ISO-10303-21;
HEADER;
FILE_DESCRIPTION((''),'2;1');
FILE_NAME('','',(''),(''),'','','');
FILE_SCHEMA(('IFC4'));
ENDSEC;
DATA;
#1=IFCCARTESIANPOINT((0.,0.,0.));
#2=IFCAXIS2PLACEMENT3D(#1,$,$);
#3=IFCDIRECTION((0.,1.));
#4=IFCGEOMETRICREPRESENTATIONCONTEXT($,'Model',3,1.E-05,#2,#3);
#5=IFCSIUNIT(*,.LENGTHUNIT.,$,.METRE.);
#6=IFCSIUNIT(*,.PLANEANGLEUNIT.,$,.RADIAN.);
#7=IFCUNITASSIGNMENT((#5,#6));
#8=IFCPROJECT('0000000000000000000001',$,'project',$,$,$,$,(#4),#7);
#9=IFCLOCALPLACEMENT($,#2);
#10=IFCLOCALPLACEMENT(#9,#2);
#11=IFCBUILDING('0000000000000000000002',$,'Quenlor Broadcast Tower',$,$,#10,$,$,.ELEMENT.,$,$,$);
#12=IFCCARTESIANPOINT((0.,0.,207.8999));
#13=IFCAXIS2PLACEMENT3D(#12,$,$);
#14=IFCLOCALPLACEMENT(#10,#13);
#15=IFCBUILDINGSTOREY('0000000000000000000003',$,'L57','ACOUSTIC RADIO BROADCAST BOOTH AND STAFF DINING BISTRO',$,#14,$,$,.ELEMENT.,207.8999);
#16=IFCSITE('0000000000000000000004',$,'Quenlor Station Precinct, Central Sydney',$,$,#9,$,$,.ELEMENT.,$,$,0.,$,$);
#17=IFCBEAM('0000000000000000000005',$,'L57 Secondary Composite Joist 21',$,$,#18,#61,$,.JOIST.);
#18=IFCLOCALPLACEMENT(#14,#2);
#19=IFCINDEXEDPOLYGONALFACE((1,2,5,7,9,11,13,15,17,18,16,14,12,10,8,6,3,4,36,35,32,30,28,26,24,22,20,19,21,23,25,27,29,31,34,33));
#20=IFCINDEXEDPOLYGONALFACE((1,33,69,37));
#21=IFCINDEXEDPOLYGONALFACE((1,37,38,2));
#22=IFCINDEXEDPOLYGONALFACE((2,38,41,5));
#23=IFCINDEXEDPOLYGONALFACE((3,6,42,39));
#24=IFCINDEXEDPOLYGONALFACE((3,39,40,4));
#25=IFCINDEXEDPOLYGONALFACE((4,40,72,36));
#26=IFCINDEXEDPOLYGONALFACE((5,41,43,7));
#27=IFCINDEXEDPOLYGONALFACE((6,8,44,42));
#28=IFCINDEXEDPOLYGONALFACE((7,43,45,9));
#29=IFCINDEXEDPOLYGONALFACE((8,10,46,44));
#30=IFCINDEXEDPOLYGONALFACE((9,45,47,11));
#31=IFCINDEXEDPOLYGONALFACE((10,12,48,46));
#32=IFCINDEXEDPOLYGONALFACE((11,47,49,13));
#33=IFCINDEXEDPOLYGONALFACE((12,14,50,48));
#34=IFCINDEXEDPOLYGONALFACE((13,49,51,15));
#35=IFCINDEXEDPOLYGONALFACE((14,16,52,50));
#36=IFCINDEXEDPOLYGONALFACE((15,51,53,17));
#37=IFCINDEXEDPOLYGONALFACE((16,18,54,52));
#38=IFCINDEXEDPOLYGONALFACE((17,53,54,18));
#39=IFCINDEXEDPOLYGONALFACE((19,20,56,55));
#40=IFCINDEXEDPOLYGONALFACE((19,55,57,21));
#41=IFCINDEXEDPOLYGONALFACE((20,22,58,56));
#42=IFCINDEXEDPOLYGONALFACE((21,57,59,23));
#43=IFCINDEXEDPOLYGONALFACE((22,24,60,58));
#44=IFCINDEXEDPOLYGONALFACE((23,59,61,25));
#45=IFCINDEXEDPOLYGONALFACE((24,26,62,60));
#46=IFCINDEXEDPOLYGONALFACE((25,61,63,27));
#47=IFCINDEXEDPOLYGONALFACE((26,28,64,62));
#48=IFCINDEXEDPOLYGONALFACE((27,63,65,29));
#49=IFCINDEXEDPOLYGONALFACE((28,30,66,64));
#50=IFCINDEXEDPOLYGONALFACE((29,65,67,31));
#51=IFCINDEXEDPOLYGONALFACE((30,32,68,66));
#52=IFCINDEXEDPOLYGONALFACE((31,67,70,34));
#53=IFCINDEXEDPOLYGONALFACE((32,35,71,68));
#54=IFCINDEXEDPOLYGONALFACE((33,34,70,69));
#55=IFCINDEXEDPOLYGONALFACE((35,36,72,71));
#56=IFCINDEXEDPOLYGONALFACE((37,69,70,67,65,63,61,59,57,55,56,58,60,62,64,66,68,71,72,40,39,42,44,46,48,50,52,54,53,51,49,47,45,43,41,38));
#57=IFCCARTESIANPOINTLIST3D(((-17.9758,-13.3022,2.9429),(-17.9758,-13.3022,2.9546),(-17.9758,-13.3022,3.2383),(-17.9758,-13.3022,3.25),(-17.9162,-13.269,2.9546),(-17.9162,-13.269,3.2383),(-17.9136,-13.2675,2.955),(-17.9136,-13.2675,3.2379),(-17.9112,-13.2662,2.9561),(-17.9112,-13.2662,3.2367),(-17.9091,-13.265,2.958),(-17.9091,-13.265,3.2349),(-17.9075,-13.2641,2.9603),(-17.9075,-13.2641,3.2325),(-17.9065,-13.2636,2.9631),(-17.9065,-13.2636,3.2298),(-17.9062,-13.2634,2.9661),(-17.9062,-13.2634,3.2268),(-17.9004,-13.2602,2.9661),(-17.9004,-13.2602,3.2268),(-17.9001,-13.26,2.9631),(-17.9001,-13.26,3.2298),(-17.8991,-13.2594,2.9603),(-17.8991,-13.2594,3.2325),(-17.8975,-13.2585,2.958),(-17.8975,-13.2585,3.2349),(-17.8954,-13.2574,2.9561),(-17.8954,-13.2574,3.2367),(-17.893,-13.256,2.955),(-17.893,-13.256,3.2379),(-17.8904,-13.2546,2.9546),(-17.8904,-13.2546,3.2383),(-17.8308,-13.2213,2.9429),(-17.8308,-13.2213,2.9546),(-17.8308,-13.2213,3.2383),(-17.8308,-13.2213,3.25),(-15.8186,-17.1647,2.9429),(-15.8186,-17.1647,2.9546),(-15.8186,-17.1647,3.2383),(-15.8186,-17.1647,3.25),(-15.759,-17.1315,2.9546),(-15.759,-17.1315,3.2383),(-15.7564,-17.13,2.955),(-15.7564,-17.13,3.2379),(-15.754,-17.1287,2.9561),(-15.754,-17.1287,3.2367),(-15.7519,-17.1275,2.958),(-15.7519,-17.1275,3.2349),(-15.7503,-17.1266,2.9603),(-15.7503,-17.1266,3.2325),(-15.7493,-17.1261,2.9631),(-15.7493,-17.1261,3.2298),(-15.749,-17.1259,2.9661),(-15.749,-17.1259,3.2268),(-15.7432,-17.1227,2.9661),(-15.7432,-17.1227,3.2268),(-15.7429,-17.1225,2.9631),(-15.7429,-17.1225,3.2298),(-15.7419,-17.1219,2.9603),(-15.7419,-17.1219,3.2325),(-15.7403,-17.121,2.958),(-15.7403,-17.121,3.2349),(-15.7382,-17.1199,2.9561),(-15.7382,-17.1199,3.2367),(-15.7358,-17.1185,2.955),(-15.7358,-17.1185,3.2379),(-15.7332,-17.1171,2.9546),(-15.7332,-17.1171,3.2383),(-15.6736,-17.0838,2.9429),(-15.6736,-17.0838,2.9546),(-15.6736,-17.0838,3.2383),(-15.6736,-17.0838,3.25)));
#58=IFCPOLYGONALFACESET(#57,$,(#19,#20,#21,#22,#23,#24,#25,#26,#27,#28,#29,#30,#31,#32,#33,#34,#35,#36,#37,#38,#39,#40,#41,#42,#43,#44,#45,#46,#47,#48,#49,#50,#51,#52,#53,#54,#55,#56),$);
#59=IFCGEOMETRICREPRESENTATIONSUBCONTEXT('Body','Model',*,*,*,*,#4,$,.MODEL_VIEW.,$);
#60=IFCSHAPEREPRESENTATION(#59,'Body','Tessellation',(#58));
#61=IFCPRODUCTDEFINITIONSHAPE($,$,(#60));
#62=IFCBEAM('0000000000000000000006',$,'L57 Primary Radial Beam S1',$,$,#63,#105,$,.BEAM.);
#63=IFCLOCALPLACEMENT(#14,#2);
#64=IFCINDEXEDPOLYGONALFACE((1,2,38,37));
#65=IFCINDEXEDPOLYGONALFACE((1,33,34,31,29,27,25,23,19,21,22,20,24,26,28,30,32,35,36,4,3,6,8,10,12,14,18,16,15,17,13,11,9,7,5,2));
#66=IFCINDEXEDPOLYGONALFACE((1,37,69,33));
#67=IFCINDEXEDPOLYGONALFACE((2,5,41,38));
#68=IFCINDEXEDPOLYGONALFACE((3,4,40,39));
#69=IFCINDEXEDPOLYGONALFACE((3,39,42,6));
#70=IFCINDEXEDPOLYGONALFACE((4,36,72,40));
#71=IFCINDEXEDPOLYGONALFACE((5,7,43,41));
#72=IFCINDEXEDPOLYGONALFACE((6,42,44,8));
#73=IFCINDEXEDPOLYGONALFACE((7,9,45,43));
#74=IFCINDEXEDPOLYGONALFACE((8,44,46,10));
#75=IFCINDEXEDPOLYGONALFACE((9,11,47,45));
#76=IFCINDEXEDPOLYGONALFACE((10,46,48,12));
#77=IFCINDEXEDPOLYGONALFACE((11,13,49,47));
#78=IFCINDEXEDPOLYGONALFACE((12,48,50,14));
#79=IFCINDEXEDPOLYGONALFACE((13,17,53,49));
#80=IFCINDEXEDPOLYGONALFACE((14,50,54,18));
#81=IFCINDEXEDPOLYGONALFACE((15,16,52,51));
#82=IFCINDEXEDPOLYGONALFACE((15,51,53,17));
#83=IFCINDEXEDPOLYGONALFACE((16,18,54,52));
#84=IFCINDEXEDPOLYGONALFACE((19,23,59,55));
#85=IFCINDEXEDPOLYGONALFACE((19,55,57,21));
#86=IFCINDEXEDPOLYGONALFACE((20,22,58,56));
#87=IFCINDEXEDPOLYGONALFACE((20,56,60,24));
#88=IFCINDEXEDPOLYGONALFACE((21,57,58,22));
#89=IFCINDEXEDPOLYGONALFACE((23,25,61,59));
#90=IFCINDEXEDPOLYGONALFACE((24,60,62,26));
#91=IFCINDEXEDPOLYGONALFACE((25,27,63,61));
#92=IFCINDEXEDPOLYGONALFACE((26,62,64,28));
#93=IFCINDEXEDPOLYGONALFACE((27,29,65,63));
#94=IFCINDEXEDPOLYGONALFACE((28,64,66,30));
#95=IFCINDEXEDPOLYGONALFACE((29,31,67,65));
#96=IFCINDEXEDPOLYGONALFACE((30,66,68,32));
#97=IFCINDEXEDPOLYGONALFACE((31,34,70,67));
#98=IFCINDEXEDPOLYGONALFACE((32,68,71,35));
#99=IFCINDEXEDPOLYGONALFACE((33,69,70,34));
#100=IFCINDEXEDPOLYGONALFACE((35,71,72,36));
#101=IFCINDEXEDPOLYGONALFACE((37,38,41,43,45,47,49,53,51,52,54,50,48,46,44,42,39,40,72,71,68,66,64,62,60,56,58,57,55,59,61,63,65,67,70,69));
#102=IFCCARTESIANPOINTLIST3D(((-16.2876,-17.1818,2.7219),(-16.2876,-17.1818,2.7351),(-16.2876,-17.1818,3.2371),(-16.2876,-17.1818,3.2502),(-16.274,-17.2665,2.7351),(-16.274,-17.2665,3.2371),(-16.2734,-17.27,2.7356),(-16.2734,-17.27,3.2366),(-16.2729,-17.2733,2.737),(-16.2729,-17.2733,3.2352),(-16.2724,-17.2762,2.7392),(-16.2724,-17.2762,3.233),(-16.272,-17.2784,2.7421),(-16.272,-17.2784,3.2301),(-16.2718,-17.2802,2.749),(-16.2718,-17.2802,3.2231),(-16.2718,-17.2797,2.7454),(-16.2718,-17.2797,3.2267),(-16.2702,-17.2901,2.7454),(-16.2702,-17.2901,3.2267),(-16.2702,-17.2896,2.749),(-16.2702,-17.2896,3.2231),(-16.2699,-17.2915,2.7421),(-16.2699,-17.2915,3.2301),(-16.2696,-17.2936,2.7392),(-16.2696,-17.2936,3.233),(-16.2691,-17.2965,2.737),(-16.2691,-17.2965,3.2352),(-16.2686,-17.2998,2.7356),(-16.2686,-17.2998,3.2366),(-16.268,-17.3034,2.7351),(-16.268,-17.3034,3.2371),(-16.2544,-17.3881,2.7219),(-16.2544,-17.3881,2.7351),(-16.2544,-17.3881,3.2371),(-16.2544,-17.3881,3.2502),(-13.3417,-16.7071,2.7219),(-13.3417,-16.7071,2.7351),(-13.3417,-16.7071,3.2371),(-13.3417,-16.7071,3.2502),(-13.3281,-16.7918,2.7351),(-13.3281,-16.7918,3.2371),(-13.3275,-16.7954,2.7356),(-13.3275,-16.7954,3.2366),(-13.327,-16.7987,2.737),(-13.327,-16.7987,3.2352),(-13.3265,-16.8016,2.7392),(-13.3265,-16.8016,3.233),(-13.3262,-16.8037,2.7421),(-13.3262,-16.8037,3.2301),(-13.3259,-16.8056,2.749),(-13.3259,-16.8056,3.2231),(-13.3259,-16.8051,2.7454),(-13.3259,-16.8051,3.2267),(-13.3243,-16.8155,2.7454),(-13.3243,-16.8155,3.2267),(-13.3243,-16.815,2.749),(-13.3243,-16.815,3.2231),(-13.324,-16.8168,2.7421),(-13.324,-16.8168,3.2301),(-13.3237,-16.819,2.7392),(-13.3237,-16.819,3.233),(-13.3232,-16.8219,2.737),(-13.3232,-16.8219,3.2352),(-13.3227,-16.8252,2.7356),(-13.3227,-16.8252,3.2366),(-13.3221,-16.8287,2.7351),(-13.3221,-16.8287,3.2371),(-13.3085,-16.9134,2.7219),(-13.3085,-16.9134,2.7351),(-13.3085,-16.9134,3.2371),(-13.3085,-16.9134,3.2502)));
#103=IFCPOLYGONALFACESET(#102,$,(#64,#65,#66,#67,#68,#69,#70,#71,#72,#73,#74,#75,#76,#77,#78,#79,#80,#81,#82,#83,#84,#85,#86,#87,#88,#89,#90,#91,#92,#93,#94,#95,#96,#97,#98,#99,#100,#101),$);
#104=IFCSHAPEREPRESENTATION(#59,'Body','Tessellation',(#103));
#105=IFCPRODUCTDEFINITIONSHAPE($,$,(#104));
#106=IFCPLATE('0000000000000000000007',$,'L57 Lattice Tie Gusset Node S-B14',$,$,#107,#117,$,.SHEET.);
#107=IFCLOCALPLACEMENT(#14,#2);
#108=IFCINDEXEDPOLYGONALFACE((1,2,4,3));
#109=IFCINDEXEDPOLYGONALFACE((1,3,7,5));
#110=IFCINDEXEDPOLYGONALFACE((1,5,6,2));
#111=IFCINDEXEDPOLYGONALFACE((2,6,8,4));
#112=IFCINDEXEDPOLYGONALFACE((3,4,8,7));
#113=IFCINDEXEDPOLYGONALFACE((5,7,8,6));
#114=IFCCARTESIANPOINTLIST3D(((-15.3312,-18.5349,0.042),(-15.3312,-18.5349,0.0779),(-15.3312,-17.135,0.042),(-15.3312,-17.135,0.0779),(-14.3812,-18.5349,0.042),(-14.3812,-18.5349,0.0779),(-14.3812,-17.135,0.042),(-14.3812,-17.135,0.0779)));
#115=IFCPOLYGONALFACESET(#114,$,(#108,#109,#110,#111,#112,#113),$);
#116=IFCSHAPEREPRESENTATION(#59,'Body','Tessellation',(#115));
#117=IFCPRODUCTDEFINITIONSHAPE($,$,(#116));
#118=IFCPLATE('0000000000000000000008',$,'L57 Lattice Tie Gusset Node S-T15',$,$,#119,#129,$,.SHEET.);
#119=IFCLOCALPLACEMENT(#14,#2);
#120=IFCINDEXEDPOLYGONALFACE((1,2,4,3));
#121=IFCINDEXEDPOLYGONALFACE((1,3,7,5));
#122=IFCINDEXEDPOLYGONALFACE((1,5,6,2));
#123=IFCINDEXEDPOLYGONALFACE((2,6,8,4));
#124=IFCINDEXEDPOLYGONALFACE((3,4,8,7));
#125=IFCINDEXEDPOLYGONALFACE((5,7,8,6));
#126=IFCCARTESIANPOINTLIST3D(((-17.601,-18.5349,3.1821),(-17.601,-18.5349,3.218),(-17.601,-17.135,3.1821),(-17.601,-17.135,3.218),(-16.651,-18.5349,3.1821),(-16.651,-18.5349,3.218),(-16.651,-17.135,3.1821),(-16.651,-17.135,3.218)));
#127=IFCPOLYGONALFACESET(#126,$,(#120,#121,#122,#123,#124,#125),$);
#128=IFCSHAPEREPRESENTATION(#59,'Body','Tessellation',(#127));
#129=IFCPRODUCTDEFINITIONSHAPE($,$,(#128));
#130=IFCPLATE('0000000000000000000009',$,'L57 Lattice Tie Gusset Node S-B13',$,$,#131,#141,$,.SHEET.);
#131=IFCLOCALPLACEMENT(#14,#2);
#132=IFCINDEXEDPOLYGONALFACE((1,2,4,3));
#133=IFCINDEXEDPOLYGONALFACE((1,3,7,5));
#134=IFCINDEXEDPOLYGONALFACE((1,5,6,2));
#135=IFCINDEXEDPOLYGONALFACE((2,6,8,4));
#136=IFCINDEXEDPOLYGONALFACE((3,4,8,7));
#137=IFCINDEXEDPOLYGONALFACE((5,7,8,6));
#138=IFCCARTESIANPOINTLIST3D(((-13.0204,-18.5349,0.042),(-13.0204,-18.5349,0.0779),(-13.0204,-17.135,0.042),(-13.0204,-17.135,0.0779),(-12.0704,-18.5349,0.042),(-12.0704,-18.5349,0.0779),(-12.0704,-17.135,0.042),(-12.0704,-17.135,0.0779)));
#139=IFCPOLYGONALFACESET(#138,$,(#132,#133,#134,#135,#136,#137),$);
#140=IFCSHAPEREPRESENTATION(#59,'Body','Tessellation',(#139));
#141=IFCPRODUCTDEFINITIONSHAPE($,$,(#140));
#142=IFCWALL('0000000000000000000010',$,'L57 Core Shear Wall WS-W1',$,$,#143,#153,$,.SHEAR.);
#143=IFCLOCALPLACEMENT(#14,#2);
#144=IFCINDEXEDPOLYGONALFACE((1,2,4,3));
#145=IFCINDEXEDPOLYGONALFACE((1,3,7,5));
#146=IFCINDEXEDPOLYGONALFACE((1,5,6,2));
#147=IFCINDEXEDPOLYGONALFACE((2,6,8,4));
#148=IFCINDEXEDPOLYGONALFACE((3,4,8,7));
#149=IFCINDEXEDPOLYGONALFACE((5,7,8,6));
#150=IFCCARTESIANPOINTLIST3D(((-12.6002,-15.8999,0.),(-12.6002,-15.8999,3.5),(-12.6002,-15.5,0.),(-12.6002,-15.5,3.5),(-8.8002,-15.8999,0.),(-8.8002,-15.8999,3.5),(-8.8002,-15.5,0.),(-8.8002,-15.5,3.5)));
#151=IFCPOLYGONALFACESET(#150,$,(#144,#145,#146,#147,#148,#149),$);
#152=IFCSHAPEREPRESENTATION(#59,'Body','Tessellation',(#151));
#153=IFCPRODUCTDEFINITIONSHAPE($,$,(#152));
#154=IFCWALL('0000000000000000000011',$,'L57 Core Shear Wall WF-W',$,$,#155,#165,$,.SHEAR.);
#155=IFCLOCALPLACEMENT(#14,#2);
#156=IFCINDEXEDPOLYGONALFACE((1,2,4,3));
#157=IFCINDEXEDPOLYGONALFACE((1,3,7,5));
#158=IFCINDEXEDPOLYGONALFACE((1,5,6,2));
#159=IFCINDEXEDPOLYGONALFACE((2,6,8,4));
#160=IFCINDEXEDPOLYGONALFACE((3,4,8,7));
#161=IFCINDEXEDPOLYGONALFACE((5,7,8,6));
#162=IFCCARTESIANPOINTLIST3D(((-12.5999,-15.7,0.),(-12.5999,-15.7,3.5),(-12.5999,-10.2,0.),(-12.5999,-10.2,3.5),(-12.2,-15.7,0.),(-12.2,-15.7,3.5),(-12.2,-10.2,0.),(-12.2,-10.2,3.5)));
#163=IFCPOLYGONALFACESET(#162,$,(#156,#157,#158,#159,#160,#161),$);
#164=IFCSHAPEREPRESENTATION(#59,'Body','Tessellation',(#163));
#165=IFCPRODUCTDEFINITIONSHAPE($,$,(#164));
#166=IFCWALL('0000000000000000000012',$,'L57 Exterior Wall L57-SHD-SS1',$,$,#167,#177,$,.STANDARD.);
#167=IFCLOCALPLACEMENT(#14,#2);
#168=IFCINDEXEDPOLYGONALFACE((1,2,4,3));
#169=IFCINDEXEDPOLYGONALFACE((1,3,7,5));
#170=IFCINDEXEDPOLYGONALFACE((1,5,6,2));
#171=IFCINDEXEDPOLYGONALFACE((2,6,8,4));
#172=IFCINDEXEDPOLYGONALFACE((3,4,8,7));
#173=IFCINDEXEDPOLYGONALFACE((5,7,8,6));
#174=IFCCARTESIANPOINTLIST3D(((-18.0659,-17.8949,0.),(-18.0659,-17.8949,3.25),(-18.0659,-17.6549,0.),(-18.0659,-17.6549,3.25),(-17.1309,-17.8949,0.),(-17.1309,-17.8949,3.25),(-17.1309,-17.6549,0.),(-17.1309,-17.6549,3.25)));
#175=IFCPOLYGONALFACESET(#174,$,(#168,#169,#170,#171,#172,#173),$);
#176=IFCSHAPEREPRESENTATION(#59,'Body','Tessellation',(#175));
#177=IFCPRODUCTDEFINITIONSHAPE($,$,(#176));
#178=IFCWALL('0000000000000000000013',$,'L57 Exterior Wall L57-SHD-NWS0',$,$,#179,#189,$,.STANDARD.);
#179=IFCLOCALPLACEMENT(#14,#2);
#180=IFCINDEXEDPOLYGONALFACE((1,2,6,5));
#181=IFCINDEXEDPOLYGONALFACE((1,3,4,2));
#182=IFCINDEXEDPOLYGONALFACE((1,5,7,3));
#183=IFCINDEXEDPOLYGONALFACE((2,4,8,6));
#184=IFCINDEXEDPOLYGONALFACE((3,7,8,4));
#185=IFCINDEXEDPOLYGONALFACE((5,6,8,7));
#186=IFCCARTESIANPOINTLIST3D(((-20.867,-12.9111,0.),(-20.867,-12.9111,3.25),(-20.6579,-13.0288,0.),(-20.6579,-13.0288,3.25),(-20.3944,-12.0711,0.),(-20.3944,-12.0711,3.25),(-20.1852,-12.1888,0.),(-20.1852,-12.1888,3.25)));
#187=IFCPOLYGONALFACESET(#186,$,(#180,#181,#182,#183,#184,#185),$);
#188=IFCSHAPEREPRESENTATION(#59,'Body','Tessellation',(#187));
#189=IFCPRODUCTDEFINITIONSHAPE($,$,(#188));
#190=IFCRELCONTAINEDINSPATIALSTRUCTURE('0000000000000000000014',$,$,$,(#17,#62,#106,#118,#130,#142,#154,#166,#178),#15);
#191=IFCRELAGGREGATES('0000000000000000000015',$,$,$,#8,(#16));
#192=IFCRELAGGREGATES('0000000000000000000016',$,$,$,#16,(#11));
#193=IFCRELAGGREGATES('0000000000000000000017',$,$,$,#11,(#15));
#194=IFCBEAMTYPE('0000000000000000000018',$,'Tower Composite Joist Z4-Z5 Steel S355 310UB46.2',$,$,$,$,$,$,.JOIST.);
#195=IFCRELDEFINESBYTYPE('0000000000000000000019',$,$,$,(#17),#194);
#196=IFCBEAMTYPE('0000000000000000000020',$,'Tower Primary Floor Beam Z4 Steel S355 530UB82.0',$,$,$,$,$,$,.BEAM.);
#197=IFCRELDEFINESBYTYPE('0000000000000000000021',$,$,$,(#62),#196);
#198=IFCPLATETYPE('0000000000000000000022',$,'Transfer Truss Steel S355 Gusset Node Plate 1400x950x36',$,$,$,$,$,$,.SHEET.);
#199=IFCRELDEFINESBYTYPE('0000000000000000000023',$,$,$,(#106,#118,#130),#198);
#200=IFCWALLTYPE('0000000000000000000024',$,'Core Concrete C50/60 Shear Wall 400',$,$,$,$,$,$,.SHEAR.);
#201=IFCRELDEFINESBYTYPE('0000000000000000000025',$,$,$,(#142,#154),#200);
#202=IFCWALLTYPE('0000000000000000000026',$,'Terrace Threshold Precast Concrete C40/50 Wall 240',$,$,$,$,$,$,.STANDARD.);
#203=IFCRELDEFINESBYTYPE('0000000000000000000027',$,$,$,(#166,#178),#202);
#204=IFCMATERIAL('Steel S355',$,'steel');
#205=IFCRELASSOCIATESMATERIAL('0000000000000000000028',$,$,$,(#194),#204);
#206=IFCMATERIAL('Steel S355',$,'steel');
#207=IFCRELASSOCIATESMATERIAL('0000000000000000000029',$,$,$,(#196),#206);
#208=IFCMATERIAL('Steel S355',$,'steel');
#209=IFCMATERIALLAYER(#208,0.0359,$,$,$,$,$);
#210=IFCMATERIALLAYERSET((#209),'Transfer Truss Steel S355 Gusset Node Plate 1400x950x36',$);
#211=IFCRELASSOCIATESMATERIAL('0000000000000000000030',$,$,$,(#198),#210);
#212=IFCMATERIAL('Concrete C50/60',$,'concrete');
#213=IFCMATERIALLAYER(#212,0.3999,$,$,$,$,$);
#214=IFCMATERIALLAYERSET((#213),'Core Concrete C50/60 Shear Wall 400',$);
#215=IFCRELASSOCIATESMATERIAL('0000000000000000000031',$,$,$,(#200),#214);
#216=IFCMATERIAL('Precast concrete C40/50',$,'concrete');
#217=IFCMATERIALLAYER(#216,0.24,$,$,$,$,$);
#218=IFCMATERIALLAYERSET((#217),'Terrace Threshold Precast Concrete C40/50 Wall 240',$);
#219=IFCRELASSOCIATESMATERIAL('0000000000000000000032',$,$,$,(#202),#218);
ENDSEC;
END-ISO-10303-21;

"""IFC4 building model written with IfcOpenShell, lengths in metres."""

from ifc_helpers import new_model, si_unit, direction, frame, frame_2d, origin, origin_2d, place, context, subcontext, project, spatial, rectangle, i_section, extrude, material, layer, layer_set, material_profile, profile_set, type_object, element, save


model = new_model("IFC4")

# Units and contexts
model_context = context("Model", 3, precision=1e-05, world=origin(), true_north=direction((0.0, 1.0)))
body_context = subcontext(model_context, "Body", "Model", "MODEL_VIEW")
ifc_project = project(units=[si_unit("LENGTHUNIT", "METRE"), si_unit("PLANEANGLEUNIT", "RADIAN")], contexts=[model_context])

# Site, building, storey
site_placement = place(None, origin())
site = spatial("IfcSite", under=ifc_project, at=site_placement, Name="Quenlor Station Precinct, Central Sydney", CompositionType="ELEMENT", RefElevation=0.0)
building_placement = place(site_placement, origin())
building = spatial("IfcBuilding", under=site, at=building_placement, Name="Quenlor Broadcast Tower", CompositionType="ELEMENT")
storey_placement = place(building_placement, frame((0.0, 0.0, 207.8999)))
storey = spatial("IfcBuildingStorey", under=building, at=storey_placement, Name="L57", Description="ACOUSTIC RADIO BROADCAST BOOTH AND STAFF DINING BISTRO", CompositionType="ELEMENT", Elevation=207.8999)

# Beams
ifc_material_1 = material(Name="Steel S355", Category="steel")
ifc_material_profile_1 = material_profile(ifc_material_1, i_section(OverallWidth=0.166, OverallDepth=0.3071, WebThickness=0.0066, FlangeThickness=0.0117, FilletRadius=0.0115, at=origin_2d()))
ifc_profile_set_1 = profile_set([ifc_material_profile_1], Name="Steel S355 310UB46.2")
beam_type_1 = type_object("IfcBeamType", Name="Tower Composite Joist Z4-Z5 Steel S355 310UB46.2", PredefinedType="JOIST", material=ifc_profile_set_1)
beam_1_placement = place(storey_placement, frame((-15.7461, -17.1243, 3.0964), z_axis=(-0.487605, 0.873064, 0.0), x_axis=(-0.873064, -0.487605, 0.0)))
element("IfcBeam", 1, at=beam_1_placement, inside=storey, type_object=beam_type_1, Name="L57 Secondary Composite Joist 21", PredefinedType="JOIST", context=body_context, shape_type="SweptSolid", body=[
    extrude(i_section(OverallWidth=0.166, OverallDepth=0.3071, WebThickness=0.0066, FlangeThickness=0.0117, FilletRadius=0.0115, at=origin_2d()), origin(), (0.0, 0.0, 1.0), 4.4241),
])
ifc_material_2 = material(Name="Steel S355", Category="steel")
ifc_material_profile_2 = material_profile(ifc_material_2, i_section(OverallWidth=0.209, OverallDepth=0.5283, WebThickness=0.0095, FlangeThickness=0.0132, FilletRadius=0.0139, at=origin_2d()))
ifc_profile_set_2 = profile_set([ifc_material_profile_2], Name="Steel S355 530UB82.0")
beam_type_2 = type_object("IfcBeamType", Name="Tower Primary Floor Beam Z4 Steel S355 530UB82.0", PredefinedType="BEAM", material=ifc_profile_set_2)
beam_2_placement = place(storey_placement, frame((-16.271, -17.2849, 2.9861), z_axis=(0.987268, 0.159063, 0.0), x_axis=(-0.159063, 0.987268, 0.0)))
element("IfcBeam", 2, at=beam_2_placement, inside=storey, type_object=beam_type_2, Name="L57 Primary Radial Beam S1", PredefinedType="BEAM", context=body_context, shape_type="SweptSolid", body=[
    extrude(i_section(OverallWidth=0.209, OverallDepth=0.5283, WebThickness=0.0095, FlangeThickness=0.0132, FilletRadius=0.0139, at=origin_2d()), origin(), (0.0, 0.0, 1.0), 2.9839),
])

# Plates
ifc_material_3 = material(Name="Steel S355", Category="steel")
ifc_layer_1 = layer(ifc_material_3, 0.0359)
ifc_layer_set_1 = layer_set([ifc_layer_1], Name="Transfer Truss Steel S355 Gusset Node Plate 1400x950x36")
plate_type = type_object("IfcPlateType", Name="Transfer Truss Steel S355 Gusset Node Plate 1400x950x36", PredefinedType="SHEET", material=ifc_layer_set_1)
for number, where, z_axis, x_axis, name in (
    (3, (-14.8562, -17.835, 0.042), (0.0, 0.0, 1.0), (0.0, -1.0, 0.0), "L57 Lattice Tie Gusset Node S-B14"),
    (4, (-17.126, -17.835, 3.1821), (0.0, 0.0, 1.0), (0.0, -1.0, 0.0), "L57 Lattice Tie Gusset Node S-T15"),
    (5, (-12.5454, -17.835, 0.042), (0.0, 0.0, 1.0), (0.0, -1.0, 0.0), "L57 Lattice Tie Gusset Node S-B13"),
):
    element("IfcPlate", number, at=place(storey_placement, frame(where, z_axis=z_axis, x_axis=x_axis)), inside=storey, type_object=plate_type, Name=name, PredefinedType="SHEET", context=body_context, shape_type="SweptSolid", body=[
        extrude(rectangle(XDim=1.3999, YDim=0.95, at=origin_2d()), origin(), (0.0, 0.0, 1.0), 0.0359),
    ])

# Walls
ifc_material_4 = material(Name="Concrete C50/60", Category="concrete")
ifc_layer_2 = layer(ifc_material_4, 0.3999)
ifc_layer_set_2 = layer_set([ifc_layer_2], Name="Core Concrete C50/60 Shear Wall 400")
wall_type_1 = type_object("IfcWallType", Name="Core Concrete C50/60 Shear Wall 400", PredefinedType="SHEAR", material=ifc_layer_set_2)
wall_1_placement = place(storey_placement, frame((-12.6001, -15.7, 0.0), z_axis=(0.0, 0.0, 1.0), x_axis=(1.0, 0.0, 0.0)))
element("IfcWall", 6, at=wall_1_placement, inside=storey, type_object=wall_type_1, Name="L57 Core Shear Wall WS-W1", PredefinedType="SHEAR", context=body_context, shape_type="SweptSolid", body=[
    extrude(rectangle(XDim=3.8, YDim=0.3999, at=frame_2d((1.8999, 0.0))), origin(), (0.0, 0.0, 1.0), 3.5),
])
wall_2_placement = place(storey_placement, frame((-12.3999, -15.7, 0.0), z_axis=(0.0, 0.0, 1.0), x_axis=(0.0, 1.0, 0.0)))
element("IfcWall", 7, at=wall_2_placement, inside=storey, type_object=wall_type_1, Name="L57 Core Shear Wall WF-W", PredefinedType="SHEAR", context=body_context, shape_type="SweptSolid", body=[
    extrude(rectangle(XDim=5.5, YDim=0.3999, at=frame_2d((2.75, 0.0))), origin(), (0.0, 0.0, 1.0), 3.5),
])
ifc_material_5 = material(Name="Precast concrete C40/50", Category="concrete")
ifc_layer_3 = layer(ifc_material_5, 0.24)
ifc_layer_set_3 = layer_set([ifc_layer_3], Name="Terrace Threshold Precast Concrete C40/50 Wall 240")
wall_type_2 = type_object("IfcWallType", Name="Terrace Threshold Precast Concrete C40/50 Wall 240", PredefinedType="STANDARD", material=ifc_layer_set_3)
wall_3_placement = place(storey_placement, frame((-17.1309, -17.7749, 0.0), z_axis=(0.0, 0.0, 1.0), x_axis=(-1.0, 0.0, 0.0)))
element("IfcWall", 8, at=wall_3_placement, inside=storey, type_object=wall_type_2, Name="L57 Exterior Wall L57-SHD-SS1", PredefinedType="STANDARD", context=body_context, shape_type="SweptSolid", body=[
    extrude(rectangle(XDim=0.9351, YDim=0.24, at=frame_2d((0.4675, 0.0))), origin(), (0.0, 0.0, 1.0), 3.25),
])
wall_4_placement = place(storey_placement, frame((-20.7625, -12.97, 0.0), z_axis=(0.0, 0.0, 1.0), x_axis=(0.490345, 0.871528, 0.0)))
element("IfcWall", 9, at=wall_4_placement, inside=storey, type_object=wall_type_2, Name="L57 Exterior Wall L57-SHD-NWS0", PredefinedType="STANDARD", context=body_context, shape_type="SweptSolid", body=[
    extrude(rectangle(XDim=0.9639, YDim=0.24, at=frame_2d((0.4819, 0.0))), origin(), (0.0, 0.0, 1.0), 3.25),
])

save(model, "model.ifc")
